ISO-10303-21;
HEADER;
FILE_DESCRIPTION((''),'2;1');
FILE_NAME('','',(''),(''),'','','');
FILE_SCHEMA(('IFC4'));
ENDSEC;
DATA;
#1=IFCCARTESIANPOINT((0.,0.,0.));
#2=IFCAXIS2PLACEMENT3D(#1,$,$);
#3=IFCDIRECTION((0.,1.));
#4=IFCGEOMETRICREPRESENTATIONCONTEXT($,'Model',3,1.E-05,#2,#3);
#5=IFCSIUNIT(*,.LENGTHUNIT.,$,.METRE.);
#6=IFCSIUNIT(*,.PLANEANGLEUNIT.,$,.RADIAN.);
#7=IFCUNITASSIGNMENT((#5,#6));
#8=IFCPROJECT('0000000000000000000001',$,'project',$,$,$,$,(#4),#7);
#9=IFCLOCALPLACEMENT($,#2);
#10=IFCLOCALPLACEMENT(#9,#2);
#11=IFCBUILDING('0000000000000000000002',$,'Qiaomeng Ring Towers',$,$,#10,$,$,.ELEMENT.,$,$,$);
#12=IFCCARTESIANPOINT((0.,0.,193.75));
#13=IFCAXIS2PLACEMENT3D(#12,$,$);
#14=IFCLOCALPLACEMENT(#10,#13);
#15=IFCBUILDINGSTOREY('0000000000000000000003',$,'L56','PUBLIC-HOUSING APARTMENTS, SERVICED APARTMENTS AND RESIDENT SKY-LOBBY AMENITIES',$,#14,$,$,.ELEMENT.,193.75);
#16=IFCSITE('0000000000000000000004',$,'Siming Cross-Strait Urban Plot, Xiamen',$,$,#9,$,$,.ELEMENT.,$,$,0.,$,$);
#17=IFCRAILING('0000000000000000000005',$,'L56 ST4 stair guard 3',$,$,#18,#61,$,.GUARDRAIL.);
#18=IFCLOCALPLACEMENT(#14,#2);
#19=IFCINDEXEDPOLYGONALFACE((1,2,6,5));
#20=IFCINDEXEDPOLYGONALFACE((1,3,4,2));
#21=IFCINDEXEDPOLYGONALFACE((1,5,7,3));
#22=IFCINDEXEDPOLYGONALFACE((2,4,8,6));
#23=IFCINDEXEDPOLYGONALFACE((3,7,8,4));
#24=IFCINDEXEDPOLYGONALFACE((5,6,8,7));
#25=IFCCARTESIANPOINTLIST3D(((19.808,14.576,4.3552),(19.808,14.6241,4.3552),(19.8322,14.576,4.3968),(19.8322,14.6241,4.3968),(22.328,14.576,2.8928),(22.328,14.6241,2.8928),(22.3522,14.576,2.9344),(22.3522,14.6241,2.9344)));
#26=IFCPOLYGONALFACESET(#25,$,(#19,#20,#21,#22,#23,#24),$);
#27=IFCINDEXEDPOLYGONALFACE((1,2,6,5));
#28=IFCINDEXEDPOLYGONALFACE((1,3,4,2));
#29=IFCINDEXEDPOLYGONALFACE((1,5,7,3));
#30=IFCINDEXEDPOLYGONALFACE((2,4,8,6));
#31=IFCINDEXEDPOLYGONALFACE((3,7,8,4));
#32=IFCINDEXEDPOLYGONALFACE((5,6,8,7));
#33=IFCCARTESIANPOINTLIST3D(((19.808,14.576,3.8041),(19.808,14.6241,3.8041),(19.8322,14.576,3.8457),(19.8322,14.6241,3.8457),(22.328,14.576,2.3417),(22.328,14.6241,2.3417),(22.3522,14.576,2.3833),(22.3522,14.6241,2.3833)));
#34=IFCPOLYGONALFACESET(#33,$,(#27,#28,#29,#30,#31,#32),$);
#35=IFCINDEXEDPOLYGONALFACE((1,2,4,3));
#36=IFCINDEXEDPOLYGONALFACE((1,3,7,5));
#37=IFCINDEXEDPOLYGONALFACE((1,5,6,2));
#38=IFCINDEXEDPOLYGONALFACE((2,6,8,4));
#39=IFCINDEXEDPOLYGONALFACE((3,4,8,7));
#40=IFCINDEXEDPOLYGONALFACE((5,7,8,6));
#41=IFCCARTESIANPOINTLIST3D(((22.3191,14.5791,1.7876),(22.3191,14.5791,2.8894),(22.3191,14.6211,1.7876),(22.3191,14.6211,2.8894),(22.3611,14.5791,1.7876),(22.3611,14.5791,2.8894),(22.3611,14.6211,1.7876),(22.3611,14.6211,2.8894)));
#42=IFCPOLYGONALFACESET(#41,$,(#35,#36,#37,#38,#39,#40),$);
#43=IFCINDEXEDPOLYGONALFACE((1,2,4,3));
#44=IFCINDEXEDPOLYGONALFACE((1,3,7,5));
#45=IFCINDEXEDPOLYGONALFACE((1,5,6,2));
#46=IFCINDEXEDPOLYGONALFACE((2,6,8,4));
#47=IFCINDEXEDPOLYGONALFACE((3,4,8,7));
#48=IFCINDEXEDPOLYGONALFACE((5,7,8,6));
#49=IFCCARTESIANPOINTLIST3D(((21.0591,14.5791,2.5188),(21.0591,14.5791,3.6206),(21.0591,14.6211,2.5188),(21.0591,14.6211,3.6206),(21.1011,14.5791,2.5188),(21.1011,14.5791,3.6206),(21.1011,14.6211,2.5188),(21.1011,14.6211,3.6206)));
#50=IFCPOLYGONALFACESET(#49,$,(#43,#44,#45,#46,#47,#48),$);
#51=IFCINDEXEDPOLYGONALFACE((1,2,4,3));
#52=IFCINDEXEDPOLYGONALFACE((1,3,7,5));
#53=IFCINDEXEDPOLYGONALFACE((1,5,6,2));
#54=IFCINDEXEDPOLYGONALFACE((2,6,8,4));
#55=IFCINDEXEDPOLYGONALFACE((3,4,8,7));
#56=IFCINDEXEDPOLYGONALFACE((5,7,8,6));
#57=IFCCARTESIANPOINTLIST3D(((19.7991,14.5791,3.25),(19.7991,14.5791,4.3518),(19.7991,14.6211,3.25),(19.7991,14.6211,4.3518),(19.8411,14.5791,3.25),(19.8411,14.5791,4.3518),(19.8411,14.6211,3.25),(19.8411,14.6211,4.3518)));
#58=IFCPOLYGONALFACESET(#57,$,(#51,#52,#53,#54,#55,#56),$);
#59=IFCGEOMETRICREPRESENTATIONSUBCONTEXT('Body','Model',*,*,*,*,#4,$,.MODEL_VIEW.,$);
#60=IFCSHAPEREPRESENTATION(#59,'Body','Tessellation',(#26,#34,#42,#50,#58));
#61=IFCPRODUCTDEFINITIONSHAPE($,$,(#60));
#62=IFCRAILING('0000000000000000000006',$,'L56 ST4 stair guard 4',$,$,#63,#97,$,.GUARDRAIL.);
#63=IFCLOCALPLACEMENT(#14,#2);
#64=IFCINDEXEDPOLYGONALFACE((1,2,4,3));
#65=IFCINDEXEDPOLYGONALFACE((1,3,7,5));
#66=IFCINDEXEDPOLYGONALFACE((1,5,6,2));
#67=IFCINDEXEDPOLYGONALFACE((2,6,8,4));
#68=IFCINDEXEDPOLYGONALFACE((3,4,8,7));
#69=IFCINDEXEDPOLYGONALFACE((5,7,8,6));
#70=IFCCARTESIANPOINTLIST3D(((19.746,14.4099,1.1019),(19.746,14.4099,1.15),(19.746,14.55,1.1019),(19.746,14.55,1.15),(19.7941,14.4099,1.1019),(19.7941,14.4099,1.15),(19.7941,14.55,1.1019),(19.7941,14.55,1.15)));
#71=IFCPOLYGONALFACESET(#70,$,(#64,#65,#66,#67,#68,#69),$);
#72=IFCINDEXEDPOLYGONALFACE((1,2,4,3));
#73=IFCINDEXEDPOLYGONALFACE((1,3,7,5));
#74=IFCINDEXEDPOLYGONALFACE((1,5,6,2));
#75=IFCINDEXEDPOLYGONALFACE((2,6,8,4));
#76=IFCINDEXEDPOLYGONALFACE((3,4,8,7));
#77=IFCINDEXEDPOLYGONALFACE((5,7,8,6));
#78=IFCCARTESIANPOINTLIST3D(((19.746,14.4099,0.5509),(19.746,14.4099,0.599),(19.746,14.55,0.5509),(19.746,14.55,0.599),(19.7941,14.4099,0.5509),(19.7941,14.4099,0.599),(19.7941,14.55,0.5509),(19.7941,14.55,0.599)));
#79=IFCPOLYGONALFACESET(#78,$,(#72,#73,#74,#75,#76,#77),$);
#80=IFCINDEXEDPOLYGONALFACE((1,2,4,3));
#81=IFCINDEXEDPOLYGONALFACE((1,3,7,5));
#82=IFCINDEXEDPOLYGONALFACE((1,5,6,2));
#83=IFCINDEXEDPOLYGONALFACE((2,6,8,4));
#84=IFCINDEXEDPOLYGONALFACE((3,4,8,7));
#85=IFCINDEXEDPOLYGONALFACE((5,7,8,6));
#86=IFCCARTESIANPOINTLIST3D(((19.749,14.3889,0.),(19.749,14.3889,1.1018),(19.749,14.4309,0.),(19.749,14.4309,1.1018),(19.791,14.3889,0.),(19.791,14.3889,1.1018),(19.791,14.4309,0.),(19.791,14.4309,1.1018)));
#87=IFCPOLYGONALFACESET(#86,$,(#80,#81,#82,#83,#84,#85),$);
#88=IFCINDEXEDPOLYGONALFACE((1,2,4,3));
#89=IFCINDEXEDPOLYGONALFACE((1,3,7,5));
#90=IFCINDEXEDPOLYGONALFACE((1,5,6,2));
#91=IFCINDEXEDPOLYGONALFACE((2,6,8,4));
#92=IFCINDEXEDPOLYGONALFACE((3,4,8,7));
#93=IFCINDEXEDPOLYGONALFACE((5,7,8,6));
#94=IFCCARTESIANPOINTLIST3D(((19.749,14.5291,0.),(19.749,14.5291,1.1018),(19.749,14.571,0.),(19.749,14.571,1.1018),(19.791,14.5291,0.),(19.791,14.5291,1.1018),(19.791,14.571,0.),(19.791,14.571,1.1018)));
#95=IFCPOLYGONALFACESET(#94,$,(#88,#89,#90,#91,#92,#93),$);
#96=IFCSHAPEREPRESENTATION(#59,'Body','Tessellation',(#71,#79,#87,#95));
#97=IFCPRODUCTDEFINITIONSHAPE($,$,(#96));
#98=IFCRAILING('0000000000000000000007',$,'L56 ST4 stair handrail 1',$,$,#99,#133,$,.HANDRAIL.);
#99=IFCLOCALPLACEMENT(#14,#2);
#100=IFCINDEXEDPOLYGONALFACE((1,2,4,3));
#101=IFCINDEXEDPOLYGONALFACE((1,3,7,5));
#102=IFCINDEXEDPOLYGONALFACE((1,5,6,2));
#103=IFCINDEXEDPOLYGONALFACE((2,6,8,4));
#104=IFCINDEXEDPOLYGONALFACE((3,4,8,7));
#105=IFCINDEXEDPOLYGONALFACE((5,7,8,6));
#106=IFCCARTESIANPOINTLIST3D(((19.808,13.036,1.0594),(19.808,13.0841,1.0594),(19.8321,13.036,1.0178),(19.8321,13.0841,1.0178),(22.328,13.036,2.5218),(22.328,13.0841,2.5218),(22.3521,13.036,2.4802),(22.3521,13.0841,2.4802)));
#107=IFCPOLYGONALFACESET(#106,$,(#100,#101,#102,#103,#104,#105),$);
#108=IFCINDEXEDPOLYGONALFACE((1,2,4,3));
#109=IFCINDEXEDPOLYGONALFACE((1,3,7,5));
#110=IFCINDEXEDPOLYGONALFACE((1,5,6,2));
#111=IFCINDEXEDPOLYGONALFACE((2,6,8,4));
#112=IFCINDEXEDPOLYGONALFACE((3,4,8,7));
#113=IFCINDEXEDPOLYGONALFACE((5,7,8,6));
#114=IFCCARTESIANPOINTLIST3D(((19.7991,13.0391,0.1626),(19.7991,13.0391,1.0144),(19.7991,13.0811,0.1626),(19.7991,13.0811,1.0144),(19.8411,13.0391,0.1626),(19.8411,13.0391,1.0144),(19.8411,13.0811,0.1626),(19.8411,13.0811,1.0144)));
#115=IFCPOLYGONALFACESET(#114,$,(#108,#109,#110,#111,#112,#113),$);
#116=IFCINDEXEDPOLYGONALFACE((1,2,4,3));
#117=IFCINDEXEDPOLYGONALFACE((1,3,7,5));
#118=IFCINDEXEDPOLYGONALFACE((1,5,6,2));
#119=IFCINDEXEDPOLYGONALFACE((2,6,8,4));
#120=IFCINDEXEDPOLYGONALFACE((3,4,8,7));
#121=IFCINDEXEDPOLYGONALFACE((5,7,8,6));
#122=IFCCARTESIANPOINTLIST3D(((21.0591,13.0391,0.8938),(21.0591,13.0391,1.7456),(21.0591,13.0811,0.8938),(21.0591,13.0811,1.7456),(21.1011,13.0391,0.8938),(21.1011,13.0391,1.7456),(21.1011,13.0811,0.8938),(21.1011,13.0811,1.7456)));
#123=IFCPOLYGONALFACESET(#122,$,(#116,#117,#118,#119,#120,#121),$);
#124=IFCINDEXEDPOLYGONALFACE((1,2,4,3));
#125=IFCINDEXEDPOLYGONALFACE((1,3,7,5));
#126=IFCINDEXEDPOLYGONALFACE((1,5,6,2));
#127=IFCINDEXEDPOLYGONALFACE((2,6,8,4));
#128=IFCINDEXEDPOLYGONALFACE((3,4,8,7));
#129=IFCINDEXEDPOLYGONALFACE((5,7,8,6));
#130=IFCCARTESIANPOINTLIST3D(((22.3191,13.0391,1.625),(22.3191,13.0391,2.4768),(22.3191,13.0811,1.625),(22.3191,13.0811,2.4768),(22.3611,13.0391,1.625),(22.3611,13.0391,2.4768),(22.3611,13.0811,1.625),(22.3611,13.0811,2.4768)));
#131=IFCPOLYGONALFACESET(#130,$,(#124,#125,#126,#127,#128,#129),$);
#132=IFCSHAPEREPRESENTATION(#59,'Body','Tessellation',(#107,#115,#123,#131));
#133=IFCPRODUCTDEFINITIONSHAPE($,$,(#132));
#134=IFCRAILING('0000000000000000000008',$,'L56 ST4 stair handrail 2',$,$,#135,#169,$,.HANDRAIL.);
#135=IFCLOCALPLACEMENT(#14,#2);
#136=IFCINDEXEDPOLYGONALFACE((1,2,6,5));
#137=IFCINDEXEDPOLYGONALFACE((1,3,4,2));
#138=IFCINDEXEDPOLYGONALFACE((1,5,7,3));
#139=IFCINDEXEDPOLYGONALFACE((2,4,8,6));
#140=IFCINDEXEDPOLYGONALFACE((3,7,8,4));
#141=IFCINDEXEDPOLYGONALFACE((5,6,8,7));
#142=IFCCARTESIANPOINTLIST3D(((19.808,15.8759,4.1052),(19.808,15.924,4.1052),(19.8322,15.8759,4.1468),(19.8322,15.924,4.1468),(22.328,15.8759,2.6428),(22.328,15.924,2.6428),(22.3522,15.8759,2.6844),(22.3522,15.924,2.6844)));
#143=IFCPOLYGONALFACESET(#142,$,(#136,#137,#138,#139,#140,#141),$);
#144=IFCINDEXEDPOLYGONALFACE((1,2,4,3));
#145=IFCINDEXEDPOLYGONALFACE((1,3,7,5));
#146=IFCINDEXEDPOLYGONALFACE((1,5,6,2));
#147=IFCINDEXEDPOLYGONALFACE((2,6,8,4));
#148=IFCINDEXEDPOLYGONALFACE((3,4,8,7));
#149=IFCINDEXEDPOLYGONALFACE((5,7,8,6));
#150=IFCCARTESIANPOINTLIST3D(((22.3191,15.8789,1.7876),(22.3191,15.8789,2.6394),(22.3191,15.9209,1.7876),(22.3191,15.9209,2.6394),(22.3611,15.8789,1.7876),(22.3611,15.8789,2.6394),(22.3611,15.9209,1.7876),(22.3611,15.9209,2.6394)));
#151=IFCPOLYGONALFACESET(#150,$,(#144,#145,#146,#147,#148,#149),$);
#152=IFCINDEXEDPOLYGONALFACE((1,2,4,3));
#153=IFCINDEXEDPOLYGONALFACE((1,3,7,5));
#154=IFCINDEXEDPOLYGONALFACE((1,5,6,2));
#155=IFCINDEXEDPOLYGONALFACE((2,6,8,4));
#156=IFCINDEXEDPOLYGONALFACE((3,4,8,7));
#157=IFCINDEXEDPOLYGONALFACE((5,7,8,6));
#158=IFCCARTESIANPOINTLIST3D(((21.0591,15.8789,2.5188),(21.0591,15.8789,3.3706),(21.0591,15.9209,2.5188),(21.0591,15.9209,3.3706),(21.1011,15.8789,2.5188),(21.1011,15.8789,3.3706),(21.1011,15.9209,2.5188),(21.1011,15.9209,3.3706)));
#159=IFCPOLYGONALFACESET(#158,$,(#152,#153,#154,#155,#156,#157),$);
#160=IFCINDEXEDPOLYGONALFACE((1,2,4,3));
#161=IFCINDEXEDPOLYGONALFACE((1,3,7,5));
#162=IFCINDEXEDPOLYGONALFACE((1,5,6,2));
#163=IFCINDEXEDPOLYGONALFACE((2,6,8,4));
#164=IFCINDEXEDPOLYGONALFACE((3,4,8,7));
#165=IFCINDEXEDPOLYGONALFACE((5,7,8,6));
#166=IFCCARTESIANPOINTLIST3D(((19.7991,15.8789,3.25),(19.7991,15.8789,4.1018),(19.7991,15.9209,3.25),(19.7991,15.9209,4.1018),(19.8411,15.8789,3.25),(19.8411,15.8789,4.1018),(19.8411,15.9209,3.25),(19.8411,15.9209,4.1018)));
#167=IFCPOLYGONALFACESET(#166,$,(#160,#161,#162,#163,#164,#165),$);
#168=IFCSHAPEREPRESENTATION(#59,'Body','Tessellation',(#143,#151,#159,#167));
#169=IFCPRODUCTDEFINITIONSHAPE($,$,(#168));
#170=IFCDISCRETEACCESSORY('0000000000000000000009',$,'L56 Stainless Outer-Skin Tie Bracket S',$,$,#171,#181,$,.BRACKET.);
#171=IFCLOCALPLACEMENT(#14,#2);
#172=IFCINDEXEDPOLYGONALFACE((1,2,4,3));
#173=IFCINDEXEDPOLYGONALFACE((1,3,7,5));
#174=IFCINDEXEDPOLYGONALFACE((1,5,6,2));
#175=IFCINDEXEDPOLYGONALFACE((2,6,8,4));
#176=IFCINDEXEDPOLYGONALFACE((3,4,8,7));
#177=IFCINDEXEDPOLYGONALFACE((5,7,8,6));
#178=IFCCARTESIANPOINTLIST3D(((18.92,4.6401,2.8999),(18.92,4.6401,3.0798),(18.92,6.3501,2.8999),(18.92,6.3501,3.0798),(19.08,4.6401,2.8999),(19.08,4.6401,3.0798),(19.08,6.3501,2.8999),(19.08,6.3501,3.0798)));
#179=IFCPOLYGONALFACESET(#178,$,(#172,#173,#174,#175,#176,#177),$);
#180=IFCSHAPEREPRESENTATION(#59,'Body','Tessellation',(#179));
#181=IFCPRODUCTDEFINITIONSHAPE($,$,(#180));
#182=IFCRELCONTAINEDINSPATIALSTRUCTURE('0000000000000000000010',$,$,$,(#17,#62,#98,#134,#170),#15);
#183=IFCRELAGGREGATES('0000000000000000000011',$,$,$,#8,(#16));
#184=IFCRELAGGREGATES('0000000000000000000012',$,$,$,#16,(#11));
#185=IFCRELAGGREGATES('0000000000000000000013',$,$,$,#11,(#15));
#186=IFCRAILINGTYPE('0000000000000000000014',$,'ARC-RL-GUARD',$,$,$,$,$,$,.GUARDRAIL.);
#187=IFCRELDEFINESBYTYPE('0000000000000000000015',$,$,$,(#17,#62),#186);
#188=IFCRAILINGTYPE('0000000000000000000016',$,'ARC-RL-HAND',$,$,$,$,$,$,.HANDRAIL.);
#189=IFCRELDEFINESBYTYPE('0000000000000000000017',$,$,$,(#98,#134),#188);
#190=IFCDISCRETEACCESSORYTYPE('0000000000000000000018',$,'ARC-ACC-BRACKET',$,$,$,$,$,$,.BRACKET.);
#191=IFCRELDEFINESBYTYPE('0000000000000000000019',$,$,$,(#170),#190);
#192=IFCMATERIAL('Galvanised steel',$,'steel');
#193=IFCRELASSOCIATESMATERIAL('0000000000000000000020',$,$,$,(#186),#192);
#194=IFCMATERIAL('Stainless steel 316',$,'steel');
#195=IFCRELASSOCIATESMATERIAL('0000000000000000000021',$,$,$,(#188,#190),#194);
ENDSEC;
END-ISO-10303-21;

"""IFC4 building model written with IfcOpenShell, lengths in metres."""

from ifc_helpers import new_model, si_unit, direction, frame, origin, origin_2d, place, context, subcontext, project, spatial, rectangle, extrude, source, transform, mapped, material, type_object, element, save


model = new_model("IFC4")

# Units and contexts
model_context = context("Model", 3, precision=1e-05, world=origin(), true_north=direction((0.0, 1.0)))
body_context = subcontext(model_context, "Body", "Model", "MODEL_VIEW")
ifc_project = project(units=[si_unit("LENGTHUNIT", "METRE"), si_unit("PLANEANGLEUNIT", "RADIAN")], contexts=[model_context])

# Site, building, storey
site_placement = place(None, origin())
site = spatial("IfcSite", under=ifc_project, at=site_placement, Name="Siming Cross-Strait Urban Plot, Xiamen", CompositionType="ELEMENT", RefElevation=0.0)
building_placement = place(site_placement, origin())
building = spatial("IfcBuilding", under=site, at=building_placement, Name="Qiaomeng Ring Towers", CompositionType="ELEMENT")
storey_placement = place(building_placement, frame((0.0, 0.0, 193.75)))
storey = spatial("IfcBuildingStorey", under=building, at=storey_placement, Name="L56", Description="PUBLIC-HOUSING APARTMENTS, SERVICED APARTMENTS AND RESIDENT SKY-LOBBY AMENITIES", CompositionType="ELEMENT", Elevation=193.75)

# Shared definitions
ifc_material_1 = material(Name="Galvanised steel", Category="steel")

# Railings
railing_type_1 = type_object("IfcRailingType", Name="ARC-RL-GUARD", PredefinedType="GUARDRAIL", material=ifc_material_1)
railing_1_placement = place(storey_placement, frame((22.3401, 14.6001, 1.7876)))
element("IfcRailing", 1, at=railing_1_placement, inside=storey, type_object=railing_type_1, Name="L56 ST4 stair guard 3", PredefinedType="GUARDRAIL", context=body_context, shape_type="SweptSolid", body=[
    extrude(rectangle(XDim=0.0481, YDim=0.0481, at=origin_2d()), frame((0.0, 0.0, 1.126), z_axis=(-0.864913, 0.0, 0.501921), x_axis=(0.0, -1.0, 0.0)), (0.0, 0.0, 1.0), 2.9136),
    extrude(rectangle(XDim=0.0481, YDim=0.0481, at=origin_2d()), frame((0.0, 0.0, 0.575), z_axis=(-0.864913, 0.0, 0.501921), x_axis=(0.0, -1.0, 0.0)), (0.0, 0.0, 1.0), 2.9136),
    extrude(rectangle(XDim=0.042, YDim=0.042, at=origin_2d()), origin(), (0.0, 0.0, 1.0), 1.1018),
    extrude(rectangle(XDim=0.042, YDim=0.042, at=origin_2d()), frame((-1.26, 0.0, 0.7312)), (0.0, 0.0, 1.0), 1.1018),
    extrude(rectangle(XDim=0.042, YDim=0.042, at=origin_2d()), frame((-2.52, 0.0, 1.4624)), (0.0, 0.0, 1.0), 1.1018),
])
railing_2_placement = place(storey_placement, frame((19.77, 14.4099, 0.0)))
element("IfcRailing", 2, at=railing_2_placement, inside=storey, type_object=railing_type_1, Name="L56 ST4 stair guard 4", PredefinedType="GUARDRAIL", context=body_context, shape_type="SweptSolid", body=[
    extrude(rectangle(XDim=0.0481, YDim=0.0481, at=origin_2d()), frame((0.0, 0.0, 1.126), z_axis=(0.0, 1.0, 0.0), x_axis=(-1.0, 0.0, 0.0)), (0.0, 0.0, 1.0), 0.1401),
    extrude(rectangle(XDim=0.0481, YDim=0.0481, at=origin_2d()), frame((0.0, 0.0, 0.575), z_axis=(0.0, 1.0, 0.0), x_axis=(-1.0, 0.0, 0.0)), (0.0, 0.0, 1.0), 0.1401),
    extrude(rectangle(XDim=0.042, YDim=0.042, at=origin_2d()), origin(), (0.0, 0.0, 1.0), 1.1018),
    extrude(rectangle(XDim=0.042, YDim=0.042, at=origin_2d()), frame((0.0, 0.1401, 0.0)), (0.0, 0.0, 1.0), 1.1018),
])
ifc_material_2 = material(Name="Stainless steel 316", Category="steel")
railing_type_2 = type_object("IfcRailingType", Name="ARC-RL-HAND", PredefinedType="HANDRAIL", material=ifc_material_2)
railing_3_placement = place(storey_placement, frame((19.8201, 13.0601, 0.1626)))
element("IfcRailing", 3, at=railing_3_placement, inside=storey, type_object=railing_type_2, Name="L56 ST4 stair handrail 1", PredefinedType="HANDRAIL", context=body_context, shape_type="SweptSolid", body=[
    extrude(rectangle(XDim=0.0481, YDim=0.0481, at=origin_2d()), frame((0.0, 0.0, 0.876), z_axis=(0.864913, 0.0, 0.501921), x_axis=(0.0, 1.0, 0.0)), (0.0, 0.0, 1.0), 2.9136),
    extrude(rectangle(XDim=0.042, YDim=0.042, at=origin_2d()), origin(), (0.0, 0.0, 1.0), 0.8518),
    extrude(rectangle(XDim=0.042, YDim=0.042, at=origin_2d()), frame((1.26, 0.0, 0.7312)), (0.0, 0.0, 1.0), 0.8518),
    extrude(rectangle(XDim=0.042, YDim=0.042, at=origin_2d()), frame((2.52, 0.0, 1.4624)), (0.0, 0.0, 1.0), 0.8518),
])
railing_4_placement = place(storey_placement, frame((22.3401, 15.8999, 1.7876)))
element("IfcRailing", 4, at=railing_4_placement, inside=storey, type_object=railing_type_2, Name="L56 ST4 stair handrail 2", PredefinedType="HANDRAIL", context=body_context, shape_type="SweptSolid", body=[
    extrude(rectangle(XDim=0.0481, YDim=0.0481, at=origin_2d()), frame((0.0, 0.0, 0.876), z_axis=(-0.864913, 0.0, 0.501921), x_axis=(0.0, -1.0, 0.0)), (0.0, 0.0, 1.0), 2.9136),
    extrude(rectangle(XDim=0.042, YDim=0.042, at=origin_2d()), origin(), (0.0, 0.0, 1.0), 0.8518),
    extrude(rectangle(XDim=0.042, YDim=0.042, at=origin_2d()), frame((-1.26, 0.0, 0.7312)), (0.0, 0.0, 1.0), 0.8518),
    extrude(rectangle(XDim=0.042, YDim=0.042, at=origin_2d()), frame((-2.52, 0.0, 1.4624)), (0.0, 0.0, 1.0), 0.8518),
])

# Discrete accessory
discrete_accessory_type = type_object("IfcDiscreteAccessoryType", Name="ARC-ACC-BRACKET", PredefinedType="BRACKET", material=ifc_material_2)
shared_shape_1 = source(origin(), body_context, "Body", "SweptSolid", [
    extrude(rectangle(XDim=0.1599, YDim=1.71, at=origin_2d()), origin(), (0.0, 0.0, 1.0), 0.1799),
])
discrete_accessory_placement = place(storey_placement, frame((19.0, 5.4951, 2.8999), z_axis=(0.0, 0.0, 1.0), x_axis=(1.0, 0.0, 0.0)))
element("IfcDiscreteAccessory", 5, at=discrete_accessory_placement, inside=storey, type_object=discrete_accessory_type, Name="L56 Stainless Outer-Skin Tie Bracket S", PredefinedType="BRACKET", context=body_context, shape_type="MappedRepresentation", body=[
    mapped(shared_shape_1, transform((0.0, 0.0, 0.0), x_axis=(1.0, 0.0, 0.0), y_axis=(0.0, 1.0, 0.0), z_axis=(0.0, 0.0, 1.0), scale=1.0)),
])

save(model, "model.ifc")
